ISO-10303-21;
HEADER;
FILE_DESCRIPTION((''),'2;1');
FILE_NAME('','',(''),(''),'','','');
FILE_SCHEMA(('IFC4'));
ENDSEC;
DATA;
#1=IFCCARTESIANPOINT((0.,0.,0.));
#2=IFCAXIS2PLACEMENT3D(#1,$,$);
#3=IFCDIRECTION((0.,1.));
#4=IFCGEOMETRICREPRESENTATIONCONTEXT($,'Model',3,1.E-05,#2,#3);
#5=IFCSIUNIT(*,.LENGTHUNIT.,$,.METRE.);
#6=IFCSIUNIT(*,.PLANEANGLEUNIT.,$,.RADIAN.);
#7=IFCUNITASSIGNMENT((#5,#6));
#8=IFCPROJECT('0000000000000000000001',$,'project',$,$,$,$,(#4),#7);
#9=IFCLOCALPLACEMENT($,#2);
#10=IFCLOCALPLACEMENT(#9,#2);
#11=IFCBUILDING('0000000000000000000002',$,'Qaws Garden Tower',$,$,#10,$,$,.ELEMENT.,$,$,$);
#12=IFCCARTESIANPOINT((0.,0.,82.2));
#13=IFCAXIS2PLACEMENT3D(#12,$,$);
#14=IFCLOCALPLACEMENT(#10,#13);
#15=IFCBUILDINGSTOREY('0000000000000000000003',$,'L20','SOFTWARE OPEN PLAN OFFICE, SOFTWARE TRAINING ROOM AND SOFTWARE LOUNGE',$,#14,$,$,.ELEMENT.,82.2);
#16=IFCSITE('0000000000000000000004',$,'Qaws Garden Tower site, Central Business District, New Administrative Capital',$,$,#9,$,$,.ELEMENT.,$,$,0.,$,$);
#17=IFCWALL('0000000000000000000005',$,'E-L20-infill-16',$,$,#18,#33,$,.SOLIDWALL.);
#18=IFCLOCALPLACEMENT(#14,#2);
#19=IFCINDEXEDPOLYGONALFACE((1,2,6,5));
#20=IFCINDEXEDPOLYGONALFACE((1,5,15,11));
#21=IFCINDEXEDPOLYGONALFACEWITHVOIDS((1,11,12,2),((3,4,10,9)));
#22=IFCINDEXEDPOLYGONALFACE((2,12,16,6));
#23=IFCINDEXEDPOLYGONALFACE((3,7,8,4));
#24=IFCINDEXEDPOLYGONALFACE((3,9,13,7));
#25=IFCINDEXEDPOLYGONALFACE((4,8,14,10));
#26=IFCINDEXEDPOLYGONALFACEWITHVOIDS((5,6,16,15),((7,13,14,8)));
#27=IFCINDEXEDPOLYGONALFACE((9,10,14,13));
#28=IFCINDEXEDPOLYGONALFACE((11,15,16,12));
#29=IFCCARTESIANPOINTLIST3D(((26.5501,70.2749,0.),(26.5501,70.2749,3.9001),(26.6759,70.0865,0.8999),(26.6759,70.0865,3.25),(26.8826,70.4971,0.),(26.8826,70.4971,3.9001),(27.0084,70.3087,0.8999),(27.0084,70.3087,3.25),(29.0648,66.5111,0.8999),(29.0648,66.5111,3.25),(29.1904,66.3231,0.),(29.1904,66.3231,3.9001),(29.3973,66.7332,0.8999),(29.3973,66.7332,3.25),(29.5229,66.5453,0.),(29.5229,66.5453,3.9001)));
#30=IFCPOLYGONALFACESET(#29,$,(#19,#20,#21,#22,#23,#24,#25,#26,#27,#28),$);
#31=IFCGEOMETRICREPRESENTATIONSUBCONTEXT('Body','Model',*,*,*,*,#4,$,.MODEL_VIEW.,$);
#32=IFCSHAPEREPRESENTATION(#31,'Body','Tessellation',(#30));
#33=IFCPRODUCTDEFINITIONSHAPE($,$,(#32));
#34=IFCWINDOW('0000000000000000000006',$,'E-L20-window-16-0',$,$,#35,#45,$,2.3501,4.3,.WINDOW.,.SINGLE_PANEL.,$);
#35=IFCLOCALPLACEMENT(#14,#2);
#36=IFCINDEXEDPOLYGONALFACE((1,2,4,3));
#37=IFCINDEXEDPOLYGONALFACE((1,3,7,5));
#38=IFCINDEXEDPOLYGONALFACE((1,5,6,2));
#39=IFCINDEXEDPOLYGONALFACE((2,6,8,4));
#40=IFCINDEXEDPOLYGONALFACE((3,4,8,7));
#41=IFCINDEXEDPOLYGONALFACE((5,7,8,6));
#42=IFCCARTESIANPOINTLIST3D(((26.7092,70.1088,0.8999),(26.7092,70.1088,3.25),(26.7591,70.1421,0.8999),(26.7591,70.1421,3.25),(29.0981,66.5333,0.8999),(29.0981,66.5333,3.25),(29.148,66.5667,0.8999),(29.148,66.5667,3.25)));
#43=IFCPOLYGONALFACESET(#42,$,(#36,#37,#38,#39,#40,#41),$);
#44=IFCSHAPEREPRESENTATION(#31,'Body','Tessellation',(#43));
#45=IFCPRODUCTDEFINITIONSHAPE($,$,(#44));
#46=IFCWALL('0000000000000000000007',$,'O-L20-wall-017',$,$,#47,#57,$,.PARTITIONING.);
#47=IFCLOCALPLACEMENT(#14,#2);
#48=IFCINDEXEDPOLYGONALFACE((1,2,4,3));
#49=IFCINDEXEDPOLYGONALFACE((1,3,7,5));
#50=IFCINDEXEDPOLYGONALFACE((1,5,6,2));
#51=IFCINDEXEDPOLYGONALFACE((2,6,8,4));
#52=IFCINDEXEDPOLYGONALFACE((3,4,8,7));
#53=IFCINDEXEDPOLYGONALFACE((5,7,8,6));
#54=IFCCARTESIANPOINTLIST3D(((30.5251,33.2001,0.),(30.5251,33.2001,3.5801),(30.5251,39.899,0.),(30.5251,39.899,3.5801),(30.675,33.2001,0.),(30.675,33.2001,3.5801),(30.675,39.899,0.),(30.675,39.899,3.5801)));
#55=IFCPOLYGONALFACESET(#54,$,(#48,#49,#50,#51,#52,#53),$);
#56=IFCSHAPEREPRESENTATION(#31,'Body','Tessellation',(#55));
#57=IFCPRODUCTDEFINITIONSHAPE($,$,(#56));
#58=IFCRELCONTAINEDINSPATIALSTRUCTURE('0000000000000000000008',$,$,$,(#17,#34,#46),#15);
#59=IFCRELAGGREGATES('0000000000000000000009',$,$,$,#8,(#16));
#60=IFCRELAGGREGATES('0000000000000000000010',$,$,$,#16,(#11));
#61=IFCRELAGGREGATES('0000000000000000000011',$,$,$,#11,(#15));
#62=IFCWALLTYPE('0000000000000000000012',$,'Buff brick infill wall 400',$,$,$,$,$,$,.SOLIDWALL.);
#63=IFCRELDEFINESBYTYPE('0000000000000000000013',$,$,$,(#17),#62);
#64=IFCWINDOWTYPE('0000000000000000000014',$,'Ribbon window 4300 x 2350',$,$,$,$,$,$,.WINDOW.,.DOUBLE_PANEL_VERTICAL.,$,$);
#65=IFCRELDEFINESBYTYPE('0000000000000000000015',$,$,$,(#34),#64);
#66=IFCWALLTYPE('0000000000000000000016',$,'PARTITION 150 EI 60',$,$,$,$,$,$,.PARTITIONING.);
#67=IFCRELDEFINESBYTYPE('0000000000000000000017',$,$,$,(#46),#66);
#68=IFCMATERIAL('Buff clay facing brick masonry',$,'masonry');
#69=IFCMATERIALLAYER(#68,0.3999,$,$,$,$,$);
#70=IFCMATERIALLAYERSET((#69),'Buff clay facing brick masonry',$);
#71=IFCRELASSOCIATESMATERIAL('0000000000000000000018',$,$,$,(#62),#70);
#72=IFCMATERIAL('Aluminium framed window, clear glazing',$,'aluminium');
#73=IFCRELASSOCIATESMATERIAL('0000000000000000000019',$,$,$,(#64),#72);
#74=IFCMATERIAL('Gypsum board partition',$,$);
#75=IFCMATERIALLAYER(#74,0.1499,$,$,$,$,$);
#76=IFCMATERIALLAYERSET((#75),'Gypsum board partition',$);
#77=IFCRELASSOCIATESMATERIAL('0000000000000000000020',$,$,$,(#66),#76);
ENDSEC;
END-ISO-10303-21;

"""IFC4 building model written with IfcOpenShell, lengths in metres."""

from ifc_helpers import new_model, si_unit, direction, frame, frame_2d, origin, place, context, subcontext, project, spatial, rectangle, extrude, material, layer, layer_set, type_object, element, fill, save


model = new_model("IFC4")

# Units and contexts
model_context = context("Model", 3, precision=1e-05, world=origin(), true_north=direction((0.0, 1.0)))
body_context = subcontext(model_context, "Body", "Model", "MODEL_VIEW")
ifc_project = project(units=[si_unit("LENGTHUNIT", "METRE"), si_unit("PLANEANGLEUNIT", "RADIAN")], contexts=[model_context])

# Site, building, storey
site_placement = place(None, origin())
site = spatial("IfcSite", under=ifc_project, at=site_placement, Name="Qaws Garden Tower site, Central Business District, New Administrative Capital", CompositionType="ELEMENT", RefElevation=0.0)
building_placement = place(site_placement, origin())
building = spatial("IfcBuilding", under=site, at=building_placement, Name="Qaws Garden Tower", CompositionType="ELEMENT")
storey_placement = place(building_placement, frame((0.0, 0.0, 82.2)))
storey = spatial("IfcBuildingStorey", under=building, at=storey_placement, Name="L20", Description="SOFTWARE OPEN PLAN OFFICE, SOFTWARE TRAINING ROOM AND SOFTWARE LOUNGE", CompositionType="ELEMENT", Elevation=82.2)

# Shared definitions
ifc_material_1 = material(Name="Buff clay facing brick masonry", Category="masonry")
ifc_layer_1 = layer(ifc_material_1, 0.3999)
ifc_layer_set_1 = layer_set([ifc_layer_1], Name="Buff clay facing brick masonry")
wall_type_1 = type_object("IfcWallType", Name="Buff brick infill wall 400", PredefinedType="SOLIDWALL", material=ifc_layer_set_1)

# Wall, opening, window
ifc_material_2 = material(Name="Aluminium framed window, clear glazing", Category="aluminium")
window_type_1 = type_object("IfcWindowType", Name="Ribbon window 4300 x 2350", PartitioningType="DOUBLE_PANEL_VERTICAL", PredefinedType="WINDOW", material=ifc_material_2)
wall_1_placement = place(storey_placement, frame((29.3567, 66.4341, 0.0), z_axis=(0.0, 0.0, 1.0), x_axis=(-0.555542, 0.831489, 0.0)))
wall_1 = element("IfcWall", 1, at=wall_1_placement, inside=storey, type_object=wall_type_1, Name="E-L20-infill-16", PredefinedType="SOLIDWALL", context=body_context, shape_type="SweptSolid", body=[
    extrude(rectangle(XDim=4.7527, YDim=0.3999, at=frame_2d((2.3765, 0.0))), origin(), (0.0, 0.0, 1.0), 3.9001),
])
opening_1_placement = place(wall_1_placement, frame((0.2263, 0.0, 0.8999)))
opening_1 = element("IfcOpeningElement", 2, at=opening_1_placement, cuts=wall_1, PredefinedType="OPENING", context=body_context, shape_type="SweptSolid", body=[
    extrude(rectangle(XDim=4.3, YDim=2.3501, at=frame_2d((2.1499, 1.175))), frame((0.0, 0.21, 0.0), z_axis=(0.0, -1.0, 0.0), x_axis=(1.0, 0.0, 0.0)), (0.0, 0.0, 1.0), 0.4199),
])
window_1_placement = place(opening_1_placement, origin())
window_1 = element("IfcWindow", 3, at=window_1_placement, inside=storey, type_object=window_type_1, Name="E-L20-window-16-0", OverallHeight=2.3501, OverallWidth=4.3, PartitioningType="SINGLE_PANEL", PredefinedType="WINDOW", context=body_context, shape_type="SweptSolid", body=[
    extrude(rectangle(XDim=4.3, YDim=2.3501, at=frame_2d((2.1499, 1.175))), frame((0.0, 0.1599, 0.0), z_axis=(0.0, -1.0, 0.0), x_axis=(1.0, 0.0, 0.0)), (0.0, 0.0, 1.0), 0.0601),
])
fill(opening_1, window_1)

# Wall
ifc_material_3 = material(Name="Gypsum board partition")
ifc_layer_2 = layer(ifc_material_3, 0.1499)
ifc_layer_set_2 = layer_set([ifc_layer_2], Name="Gypsum board partition")
wall_type_2 = type_object("IfcWallType", Name="PARTITION 150 EI 60", PredefinedType="PARTITIONING", material=ifc_layer_set_2)
wall_2_placement = place(storey_placement, frame((30.6001, 33.2, 0.0), z_axis=(0.0, 0.0, 1.0), x_axis=(0.0, 1.0, 0.0)))
element("IfcWall", 4, at=wall_2_placement, inside=storey, type_object=wall_type_2, Name="O-L20-wall-017", PredefinedType="PARTITIONING", context=body_context, shape_type="SweptSolid", body=[
    extrude(rectangle(XDim=6.699, YDim=0.1499, at=frame_2d((3.3496, 0.0))), origin(), (0.0, 0.0, 1.0), 3.5801),
])

save(model, "model.ifc")
